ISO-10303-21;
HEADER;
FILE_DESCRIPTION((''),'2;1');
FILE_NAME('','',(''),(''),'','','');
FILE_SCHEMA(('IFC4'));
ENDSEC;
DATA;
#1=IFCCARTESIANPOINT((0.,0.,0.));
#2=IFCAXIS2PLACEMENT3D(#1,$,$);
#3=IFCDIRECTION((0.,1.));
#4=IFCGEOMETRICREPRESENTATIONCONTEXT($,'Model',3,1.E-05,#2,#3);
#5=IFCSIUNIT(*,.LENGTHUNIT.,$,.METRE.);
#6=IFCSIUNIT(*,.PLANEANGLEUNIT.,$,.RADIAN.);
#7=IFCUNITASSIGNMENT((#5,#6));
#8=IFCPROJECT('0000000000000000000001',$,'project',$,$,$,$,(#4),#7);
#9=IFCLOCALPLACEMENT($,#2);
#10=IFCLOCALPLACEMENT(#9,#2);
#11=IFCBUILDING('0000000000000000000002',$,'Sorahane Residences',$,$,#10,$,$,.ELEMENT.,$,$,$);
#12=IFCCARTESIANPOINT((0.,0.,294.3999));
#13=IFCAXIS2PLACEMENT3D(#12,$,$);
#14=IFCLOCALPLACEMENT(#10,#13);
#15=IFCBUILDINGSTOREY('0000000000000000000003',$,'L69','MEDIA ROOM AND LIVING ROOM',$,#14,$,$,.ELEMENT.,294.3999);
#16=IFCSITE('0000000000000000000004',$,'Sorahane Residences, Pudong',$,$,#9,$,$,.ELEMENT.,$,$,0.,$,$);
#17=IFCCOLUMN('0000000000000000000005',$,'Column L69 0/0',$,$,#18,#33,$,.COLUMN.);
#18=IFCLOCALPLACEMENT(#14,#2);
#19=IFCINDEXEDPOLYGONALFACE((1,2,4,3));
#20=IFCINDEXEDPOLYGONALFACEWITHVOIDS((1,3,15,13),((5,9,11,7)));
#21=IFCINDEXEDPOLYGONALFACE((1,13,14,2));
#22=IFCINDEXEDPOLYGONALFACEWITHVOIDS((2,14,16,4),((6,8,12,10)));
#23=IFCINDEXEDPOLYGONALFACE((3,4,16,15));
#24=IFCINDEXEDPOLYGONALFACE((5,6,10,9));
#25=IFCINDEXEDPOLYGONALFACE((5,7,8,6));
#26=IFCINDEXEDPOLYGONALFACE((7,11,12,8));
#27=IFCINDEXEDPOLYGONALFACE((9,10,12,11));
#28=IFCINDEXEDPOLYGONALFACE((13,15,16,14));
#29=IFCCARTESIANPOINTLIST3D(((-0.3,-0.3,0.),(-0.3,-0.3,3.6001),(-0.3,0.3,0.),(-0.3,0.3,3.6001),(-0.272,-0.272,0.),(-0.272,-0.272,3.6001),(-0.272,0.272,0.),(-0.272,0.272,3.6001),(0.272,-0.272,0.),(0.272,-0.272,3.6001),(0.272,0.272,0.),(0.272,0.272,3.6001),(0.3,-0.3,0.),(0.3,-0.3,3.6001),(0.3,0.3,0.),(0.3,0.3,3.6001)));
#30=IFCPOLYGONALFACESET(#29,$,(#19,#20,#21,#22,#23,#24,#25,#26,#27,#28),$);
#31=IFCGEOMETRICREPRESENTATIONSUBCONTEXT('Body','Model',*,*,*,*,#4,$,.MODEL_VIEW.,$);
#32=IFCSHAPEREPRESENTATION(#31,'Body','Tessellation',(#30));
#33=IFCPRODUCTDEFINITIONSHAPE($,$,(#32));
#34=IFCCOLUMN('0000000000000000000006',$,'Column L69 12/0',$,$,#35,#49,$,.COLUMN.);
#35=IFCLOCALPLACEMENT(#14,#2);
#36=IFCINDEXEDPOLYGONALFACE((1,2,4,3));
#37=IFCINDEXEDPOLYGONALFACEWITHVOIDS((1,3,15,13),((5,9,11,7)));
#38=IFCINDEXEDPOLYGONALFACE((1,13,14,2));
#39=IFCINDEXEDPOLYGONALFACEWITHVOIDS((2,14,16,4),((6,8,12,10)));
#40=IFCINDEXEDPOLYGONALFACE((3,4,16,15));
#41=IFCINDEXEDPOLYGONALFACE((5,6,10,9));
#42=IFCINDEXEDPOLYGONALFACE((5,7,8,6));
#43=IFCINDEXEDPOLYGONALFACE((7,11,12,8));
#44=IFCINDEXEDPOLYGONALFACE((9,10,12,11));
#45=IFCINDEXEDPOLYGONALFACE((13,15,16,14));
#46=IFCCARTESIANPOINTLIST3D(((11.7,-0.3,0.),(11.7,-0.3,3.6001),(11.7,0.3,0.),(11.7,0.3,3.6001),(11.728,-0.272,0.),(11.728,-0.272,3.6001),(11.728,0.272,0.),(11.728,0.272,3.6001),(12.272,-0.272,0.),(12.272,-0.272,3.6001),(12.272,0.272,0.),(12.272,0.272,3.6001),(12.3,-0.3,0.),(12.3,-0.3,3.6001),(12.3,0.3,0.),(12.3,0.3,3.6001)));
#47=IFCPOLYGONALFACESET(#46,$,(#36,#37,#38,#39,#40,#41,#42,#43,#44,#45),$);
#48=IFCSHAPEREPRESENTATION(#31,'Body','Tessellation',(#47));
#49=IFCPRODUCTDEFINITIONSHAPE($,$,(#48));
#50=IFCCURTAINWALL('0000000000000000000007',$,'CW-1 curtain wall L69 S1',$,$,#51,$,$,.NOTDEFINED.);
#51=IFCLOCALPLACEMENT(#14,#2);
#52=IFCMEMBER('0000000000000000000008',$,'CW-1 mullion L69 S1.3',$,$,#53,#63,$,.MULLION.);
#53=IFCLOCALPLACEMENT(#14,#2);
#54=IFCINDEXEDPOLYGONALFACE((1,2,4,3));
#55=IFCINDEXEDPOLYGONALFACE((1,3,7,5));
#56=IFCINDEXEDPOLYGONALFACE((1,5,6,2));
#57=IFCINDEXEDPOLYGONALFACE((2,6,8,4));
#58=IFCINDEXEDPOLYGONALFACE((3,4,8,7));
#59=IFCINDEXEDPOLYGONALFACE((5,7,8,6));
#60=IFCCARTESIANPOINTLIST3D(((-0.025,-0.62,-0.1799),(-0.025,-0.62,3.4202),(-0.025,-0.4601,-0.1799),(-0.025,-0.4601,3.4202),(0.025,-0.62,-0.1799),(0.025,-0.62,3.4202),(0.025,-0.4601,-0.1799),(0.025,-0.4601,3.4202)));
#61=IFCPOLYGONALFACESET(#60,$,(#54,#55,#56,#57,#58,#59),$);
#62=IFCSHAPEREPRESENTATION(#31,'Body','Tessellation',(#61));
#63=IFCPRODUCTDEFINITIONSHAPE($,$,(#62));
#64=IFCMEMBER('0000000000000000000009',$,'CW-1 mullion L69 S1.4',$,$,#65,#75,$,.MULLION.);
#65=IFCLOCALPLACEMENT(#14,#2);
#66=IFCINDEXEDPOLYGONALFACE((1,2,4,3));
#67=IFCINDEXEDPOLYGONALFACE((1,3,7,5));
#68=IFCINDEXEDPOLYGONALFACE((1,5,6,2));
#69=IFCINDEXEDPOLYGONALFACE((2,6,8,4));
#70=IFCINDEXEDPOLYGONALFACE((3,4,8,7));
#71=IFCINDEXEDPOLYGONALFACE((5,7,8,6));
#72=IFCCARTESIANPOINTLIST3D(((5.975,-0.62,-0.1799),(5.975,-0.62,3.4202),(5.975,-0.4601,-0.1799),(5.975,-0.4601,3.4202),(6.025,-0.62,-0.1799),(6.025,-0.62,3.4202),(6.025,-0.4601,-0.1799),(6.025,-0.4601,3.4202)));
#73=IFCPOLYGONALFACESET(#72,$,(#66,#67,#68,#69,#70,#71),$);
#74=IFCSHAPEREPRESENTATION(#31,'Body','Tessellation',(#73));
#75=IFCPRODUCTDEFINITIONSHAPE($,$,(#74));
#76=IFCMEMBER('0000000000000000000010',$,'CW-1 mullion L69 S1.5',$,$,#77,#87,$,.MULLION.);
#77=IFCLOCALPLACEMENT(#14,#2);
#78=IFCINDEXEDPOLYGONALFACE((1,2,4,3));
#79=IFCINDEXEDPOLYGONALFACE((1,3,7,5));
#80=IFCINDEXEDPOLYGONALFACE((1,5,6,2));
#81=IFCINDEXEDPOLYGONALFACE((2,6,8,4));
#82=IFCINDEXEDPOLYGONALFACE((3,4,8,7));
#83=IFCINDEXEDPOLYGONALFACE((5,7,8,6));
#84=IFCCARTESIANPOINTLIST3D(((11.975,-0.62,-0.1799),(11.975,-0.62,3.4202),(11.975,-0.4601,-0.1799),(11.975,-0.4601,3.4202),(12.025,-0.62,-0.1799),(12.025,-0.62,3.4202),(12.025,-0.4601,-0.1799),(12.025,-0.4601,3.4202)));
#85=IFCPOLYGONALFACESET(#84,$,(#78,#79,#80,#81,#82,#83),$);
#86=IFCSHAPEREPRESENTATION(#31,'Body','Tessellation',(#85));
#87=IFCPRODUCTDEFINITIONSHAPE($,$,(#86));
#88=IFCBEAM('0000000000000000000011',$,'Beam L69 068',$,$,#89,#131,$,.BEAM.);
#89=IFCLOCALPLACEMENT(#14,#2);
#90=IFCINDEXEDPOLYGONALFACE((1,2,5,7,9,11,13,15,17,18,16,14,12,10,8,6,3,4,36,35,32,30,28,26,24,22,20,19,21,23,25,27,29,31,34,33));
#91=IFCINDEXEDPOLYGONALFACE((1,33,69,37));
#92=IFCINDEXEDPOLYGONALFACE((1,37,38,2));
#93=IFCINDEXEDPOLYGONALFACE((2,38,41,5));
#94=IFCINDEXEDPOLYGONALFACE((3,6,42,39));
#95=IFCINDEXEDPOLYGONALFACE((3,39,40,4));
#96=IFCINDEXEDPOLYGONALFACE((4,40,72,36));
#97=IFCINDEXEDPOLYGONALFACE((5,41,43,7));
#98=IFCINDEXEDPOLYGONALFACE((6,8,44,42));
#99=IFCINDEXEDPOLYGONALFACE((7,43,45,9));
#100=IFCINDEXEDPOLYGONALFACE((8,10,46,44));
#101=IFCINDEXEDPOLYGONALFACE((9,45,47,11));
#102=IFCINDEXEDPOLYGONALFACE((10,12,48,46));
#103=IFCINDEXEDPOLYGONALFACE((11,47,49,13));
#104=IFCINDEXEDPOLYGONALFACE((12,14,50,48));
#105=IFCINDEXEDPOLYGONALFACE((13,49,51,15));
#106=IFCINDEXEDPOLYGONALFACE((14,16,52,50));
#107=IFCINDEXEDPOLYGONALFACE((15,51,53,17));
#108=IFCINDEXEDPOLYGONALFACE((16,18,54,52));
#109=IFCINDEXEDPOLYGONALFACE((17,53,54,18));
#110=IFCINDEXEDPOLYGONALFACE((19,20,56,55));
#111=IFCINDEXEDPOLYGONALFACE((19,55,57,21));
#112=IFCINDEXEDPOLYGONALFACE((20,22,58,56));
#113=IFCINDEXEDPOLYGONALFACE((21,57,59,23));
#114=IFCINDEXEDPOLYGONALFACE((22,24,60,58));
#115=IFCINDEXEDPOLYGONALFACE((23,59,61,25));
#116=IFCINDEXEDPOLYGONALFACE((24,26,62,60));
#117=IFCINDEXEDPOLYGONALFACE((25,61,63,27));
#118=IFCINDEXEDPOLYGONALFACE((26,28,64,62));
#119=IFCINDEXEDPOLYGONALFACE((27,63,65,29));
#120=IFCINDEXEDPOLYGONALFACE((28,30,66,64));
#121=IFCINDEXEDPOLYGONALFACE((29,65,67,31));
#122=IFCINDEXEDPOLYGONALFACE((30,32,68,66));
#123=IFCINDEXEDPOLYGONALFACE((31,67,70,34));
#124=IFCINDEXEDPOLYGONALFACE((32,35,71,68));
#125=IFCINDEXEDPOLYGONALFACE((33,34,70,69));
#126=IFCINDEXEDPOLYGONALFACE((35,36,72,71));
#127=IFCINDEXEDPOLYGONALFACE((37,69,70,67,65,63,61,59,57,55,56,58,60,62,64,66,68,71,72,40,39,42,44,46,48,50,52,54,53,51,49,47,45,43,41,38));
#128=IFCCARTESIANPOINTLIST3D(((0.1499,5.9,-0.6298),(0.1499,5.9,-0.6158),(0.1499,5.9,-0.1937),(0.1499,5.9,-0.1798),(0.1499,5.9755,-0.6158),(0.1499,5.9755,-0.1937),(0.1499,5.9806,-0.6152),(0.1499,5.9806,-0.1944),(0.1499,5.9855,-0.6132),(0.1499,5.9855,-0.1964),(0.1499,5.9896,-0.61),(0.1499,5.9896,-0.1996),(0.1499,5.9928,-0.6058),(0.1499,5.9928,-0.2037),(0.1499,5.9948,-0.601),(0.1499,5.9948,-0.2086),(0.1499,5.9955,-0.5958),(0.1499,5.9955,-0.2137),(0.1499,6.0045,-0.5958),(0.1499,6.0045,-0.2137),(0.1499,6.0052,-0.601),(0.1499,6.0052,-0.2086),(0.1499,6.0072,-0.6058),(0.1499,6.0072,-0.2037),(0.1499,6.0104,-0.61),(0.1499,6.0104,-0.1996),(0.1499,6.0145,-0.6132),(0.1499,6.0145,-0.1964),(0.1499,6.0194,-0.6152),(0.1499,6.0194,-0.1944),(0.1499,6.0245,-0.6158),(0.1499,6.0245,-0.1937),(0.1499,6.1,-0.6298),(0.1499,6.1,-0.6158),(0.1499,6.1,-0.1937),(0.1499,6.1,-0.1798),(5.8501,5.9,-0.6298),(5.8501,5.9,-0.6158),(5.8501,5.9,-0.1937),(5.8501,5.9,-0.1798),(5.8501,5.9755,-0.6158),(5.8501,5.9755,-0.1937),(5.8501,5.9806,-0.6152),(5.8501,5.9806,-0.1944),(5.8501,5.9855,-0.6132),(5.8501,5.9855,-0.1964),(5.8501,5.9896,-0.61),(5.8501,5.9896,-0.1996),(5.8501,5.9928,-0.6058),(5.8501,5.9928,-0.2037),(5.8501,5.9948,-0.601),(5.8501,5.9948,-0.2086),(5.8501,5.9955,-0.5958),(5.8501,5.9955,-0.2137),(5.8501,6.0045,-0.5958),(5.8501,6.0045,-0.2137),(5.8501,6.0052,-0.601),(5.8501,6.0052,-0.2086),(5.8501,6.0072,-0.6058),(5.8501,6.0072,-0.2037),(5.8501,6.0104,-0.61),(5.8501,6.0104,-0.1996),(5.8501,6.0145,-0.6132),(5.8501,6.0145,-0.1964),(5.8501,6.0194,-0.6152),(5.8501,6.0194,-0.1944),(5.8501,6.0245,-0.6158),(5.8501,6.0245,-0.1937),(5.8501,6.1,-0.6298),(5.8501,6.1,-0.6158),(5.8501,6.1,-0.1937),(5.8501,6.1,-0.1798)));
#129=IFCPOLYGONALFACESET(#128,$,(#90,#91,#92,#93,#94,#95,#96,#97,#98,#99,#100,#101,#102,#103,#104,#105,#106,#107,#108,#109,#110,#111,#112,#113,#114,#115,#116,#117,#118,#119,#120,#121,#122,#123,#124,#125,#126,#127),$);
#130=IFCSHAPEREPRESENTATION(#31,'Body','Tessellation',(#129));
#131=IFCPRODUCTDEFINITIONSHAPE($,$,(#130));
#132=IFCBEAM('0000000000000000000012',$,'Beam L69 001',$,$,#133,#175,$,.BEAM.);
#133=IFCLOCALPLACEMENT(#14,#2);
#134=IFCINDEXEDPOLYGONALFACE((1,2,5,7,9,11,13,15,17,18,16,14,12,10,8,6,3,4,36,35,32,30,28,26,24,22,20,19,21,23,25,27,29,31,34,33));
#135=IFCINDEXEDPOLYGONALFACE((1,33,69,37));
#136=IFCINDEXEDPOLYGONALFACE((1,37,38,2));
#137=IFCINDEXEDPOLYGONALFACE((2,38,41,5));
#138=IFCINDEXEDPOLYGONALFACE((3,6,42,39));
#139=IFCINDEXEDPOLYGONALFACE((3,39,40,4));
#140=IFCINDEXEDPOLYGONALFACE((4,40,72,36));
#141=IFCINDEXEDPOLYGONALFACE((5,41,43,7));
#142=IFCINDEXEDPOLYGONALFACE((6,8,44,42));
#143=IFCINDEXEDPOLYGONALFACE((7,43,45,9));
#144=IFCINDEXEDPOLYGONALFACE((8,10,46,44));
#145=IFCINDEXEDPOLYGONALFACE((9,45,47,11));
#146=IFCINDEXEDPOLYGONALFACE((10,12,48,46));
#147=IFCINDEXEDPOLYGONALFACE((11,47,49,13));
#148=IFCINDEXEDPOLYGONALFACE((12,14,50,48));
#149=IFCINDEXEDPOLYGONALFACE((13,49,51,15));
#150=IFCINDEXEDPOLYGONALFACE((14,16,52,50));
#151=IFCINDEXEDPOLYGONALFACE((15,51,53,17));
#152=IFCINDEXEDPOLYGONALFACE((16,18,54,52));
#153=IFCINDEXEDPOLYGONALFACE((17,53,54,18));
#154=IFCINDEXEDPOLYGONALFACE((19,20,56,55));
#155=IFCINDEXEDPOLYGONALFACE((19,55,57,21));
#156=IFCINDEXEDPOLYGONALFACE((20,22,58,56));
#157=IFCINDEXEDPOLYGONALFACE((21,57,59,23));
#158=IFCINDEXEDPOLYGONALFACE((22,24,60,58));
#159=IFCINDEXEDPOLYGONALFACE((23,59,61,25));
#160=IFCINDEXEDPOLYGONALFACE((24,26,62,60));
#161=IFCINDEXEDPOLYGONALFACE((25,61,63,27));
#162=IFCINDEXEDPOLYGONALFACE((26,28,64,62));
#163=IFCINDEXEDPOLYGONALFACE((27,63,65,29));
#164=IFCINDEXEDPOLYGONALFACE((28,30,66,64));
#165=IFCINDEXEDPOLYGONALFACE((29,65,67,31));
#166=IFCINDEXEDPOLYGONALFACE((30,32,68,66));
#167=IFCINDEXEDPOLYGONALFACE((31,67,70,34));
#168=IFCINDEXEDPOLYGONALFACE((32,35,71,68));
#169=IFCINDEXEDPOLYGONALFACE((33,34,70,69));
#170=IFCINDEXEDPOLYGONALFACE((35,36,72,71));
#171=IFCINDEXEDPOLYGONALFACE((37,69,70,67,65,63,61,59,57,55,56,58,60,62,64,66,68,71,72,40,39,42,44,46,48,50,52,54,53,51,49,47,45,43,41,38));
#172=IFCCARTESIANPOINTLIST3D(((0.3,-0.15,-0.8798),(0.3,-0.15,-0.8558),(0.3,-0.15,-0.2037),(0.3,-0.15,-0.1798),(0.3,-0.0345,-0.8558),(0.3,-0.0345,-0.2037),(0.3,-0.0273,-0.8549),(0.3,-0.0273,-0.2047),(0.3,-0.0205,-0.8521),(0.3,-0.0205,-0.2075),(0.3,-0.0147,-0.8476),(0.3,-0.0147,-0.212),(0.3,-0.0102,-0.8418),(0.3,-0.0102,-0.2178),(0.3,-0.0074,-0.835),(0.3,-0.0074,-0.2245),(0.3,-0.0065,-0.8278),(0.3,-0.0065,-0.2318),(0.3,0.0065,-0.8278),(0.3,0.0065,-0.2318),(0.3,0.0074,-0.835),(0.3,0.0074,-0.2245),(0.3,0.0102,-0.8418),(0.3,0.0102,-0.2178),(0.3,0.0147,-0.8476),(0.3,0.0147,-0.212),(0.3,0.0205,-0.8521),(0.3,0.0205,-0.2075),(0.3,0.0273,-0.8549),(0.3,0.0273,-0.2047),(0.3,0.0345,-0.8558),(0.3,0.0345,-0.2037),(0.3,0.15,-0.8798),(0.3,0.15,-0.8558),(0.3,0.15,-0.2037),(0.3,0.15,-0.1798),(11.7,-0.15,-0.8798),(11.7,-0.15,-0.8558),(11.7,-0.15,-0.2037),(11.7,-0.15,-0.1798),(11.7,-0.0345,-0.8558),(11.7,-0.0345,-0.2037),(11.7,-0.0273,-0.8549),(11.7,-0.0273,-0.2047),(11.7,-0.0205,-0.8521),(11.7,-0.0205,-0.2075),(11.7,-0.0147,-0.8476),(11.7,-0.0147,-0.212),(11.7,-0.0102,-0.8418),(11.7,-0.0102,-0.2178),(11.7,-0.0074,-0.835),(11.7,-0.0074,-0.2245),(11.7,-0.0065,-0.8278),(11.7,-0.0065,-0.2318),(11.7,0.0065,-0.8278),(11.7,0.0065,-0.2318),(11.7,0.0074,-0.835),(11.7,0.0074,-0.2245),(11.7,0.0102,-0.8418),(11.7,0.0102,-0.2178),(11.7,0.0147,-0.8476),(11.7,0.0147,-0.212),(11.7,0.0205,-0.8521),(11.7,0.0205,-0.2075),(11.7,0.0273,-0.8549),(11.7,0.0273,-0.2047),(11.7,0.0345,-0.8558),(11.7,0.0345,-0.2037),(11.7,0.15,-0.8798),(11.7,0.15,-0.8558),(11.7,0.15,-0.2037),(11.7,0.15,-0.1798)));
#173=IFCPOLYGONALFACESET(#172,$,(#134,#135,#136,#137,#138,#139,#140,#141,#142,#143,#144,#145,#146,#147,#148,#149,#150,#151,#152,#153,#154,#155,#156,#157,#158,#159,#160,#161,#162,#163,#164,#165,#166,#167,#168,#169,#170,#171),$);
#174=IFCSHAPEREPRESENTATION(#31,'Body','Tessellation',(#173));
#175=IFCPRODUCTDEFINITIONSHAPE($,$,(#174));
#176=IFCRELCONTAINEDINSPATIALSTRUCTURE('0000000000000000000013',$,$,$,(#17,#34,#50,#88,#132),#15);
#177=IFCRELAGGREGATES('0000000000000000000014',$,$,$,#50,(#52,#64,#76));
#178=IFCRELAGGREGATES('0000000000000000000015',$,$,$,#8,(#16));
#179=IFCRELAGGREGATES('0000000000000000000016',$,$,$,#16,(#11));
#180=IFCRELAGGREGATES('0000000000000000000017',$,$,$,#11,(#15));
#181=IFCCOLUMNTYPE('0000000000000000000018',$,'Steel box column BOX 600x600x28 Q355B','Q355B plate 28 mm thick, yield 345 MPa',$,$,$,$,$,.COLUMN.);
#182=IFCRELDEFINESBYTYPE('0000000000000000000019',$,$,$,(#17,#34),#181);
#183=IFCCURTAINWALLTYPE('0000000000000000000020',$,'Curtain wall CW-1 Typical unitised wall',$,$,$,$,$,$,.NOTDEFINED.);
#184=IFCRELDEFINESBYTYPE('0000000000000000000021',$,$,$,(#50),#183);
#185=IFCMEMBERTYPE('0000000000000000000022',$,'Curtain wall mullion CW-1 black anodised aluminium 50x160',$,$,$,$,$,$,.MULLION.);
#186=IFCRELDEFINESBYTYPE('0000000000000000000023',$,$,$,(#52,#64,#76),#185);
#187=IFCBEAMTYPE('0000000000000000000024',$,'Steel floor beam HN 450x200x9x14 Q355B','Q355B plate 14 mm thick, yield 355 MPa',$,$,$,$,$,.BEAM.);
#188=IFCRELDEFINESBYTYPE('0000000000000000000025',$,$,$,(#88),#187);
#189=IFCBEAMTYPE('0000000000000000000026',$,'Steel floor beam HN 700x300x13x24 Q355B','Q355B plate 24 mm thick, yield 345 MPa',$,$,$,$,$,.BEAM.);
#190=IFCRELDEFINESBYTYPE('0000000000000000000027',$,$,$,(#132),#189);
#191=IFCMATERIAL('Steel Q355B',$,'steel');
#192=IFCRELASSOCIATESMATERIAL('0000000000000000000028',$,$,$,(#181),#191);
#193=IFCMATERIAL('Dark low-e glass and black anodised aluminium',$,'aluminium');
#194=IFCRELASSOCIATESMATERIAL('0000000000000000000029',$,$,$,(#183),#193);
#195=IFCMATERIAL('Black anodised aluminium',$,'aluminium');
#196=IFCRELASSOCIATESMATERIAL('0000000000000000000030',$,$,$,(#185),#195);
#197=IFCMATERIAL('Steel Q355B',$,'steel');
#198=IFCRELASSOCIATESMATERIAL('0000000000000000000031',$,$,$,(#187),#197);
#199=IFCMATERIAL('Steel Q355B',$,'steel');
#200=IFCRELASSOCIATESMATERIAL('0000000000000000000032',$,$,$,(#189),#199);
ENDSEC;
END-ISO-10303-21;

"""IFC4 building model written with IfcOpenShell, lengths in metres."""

from ifc_helpers import new_model, si_unit, direction, frame, origin, origin_2d, place, context, subcontext, project, spatial, rectangle, hollow_rectangle, i_section, extrude, material, material_profile, profile_set, type_object, element, aggregate, save


model = new_model("IFC4")

# Units and contexts
model_context = context("Model", 3, precision=1e-05, world=origin(), true_north=direction((0.0, 1.0)))
body_context = subcontext(model_context, "Body", "Model", "MODEL_VIEW")
ifc_project = project(units=[si_unit("LENGTHUNIT", "METRE"), si_unit("PLANEANGLEUNIT", "RADIAN")], contexts=[model_context])

# Site, building, storey
site_placement = place(None, origin())
site = spatial("IfcSite", under=ifc_project, at=site_placement, Name="Sorahane Residences, Pudong", CompositionType="ELEMENT", RefElevation=0.0)
building_placement = place(site_placement, origin())
building = spatial("IfcBuilding", under=site, at=building_placement, Name="Sorahane Residences", CompositionType="ELEMENT")
storey_placement = place(building_placement, frame((0.0, 0.0, 294.3999)))
storey = spatial("IfcBuildingStorey", under=building, at=storey_placement, Name="L69", Description="MEDIA ROOM AND LIVING ROOM", CompositionType="ELEMENT", Elevation=294.3999)

# Columns
ifc_material_1 = material(Name="Steel Q355B", Category="steel")
ifc_material_profile_1 = material_profile(ifc_material_1, hollow_rectangle(XDim=0.6001, YDim=0.6001, WallThickness=0.0281, at=origin_2d()), Name="BOX 600x600x28")
ifc_profile_set_1 = profile_set([ifc_material_profile_1], Name="Steel Q355B")
column_type = type_object("IfcColumnType", Name="Steel box column BOX 600x600x28 Q355B", Description="Q355B plate 28 mm thick, yield 345 MPa", PredefinedType="COLUMN", material=ifc_profile_set_1)
for number, where, z_axis, x_axis, name in (
    (1, (0.0, 0.0, 0.0), (0.0, 0.0, 1.0), (1.0, 0.0, 0.0), "Column L69 0/0"),
    (2, (12.0, 0.0, 0.0), (0.0, 0.0, 1.0), (1.0, 0.0, 0.0), "Column L69 12/0"),
):
    element("IfcColumn", number, at=place(storey_placement, frame(where, z_axis=z_axis, x_axis=x_axis)), inside=storey, type_object=column_type, Name=name, PredefinedType="COLUMN", context=body_context, shape_type="SweptSolid", body=[
        extrude(hollow_rectangle(XDim=0.6001, YDim=0.6001, WallThickness=0.0281, at=origin_2d()), origin(), (0.0, 0.0, 1.0), 3.6001),
    ])

# Curtain wall, members
ifc_material_2 = material(Name="Dark low-e glass and black anodised aluminium", Category="aluminium")
curtain_wall_type = type_object("IfcCurtainWallType", Name="Curtain wall CW-1 Typical unitised wall", PredefinedType="NOTDEFINED", material=ifc_material_2)
curtain_wall_placement = place(storey_placement, origin())
curtain_wall = element("IfcCurtainWall", 3, at=curtain_wall_placement, inside=storey, type_object=curtain_wall_type, Name="CW-1 curtain wall L69 S1", PredefinedType="NOTDEFINED")
ifc_material_3 = material(Name="Black anodised aluminium", Category="aluminium")
ifc_material_profile_2 = material_profile(ifc_material_3, rectangle(XDim=0.1599, YDim=0.05, at=origin_2d()), Name="Curtain wall mullion CW-1 black anodised aluminium 50x160")
ifc_profile_set_2 = profile_set([ifc_material_profile_2], Name="Black anodised aluminium")
member_type = type_object("IfcMemberType", Name="Curtain wall mullion CW-1 black anodised aluminium 50x160", PredefinedType="MULLION", material=ifc_profile_set_2)
member_1_placement = place(storey_placement, frame((0.0, -0.54, -0.1799), z_axis=(0.0, 0.0, 1.0), x_axis=(0.0, -1.0, 0.0)))
member_1 = element("IfcMember", 4, at=member_1_placement, type_object=member_type, Name="CW-1 mullion L69 S1.3", PredefinedType="MULLION", context=body_context, shape_type="SweptSolid", body=[
    extrude(rectangle(XDim=0.1599, YDim=0.05, at=origin_2d()), origin(), (0.0, 0.0, 1.0), 3.6001),
])
member_2_placement = place(storey_placement, frame((6.0, -0.54, -0.1799), z_axis=(0.0, 0.0, 1.0), x_axis=(0.0, -1.0, 0.0)))
member_2 = element("IfcMember", 5, at=member_2_placement, type_object=member_type, Name="CW-1 mullion L69 S1.4", PredefinedType="MULLION", context=body_context, shape_type="SweptSolid", body=[
    extrude(rectangle(XDim=0.1599, YDim=0.05, at=origin_2d()), origin(), (0.0, 0.0, 1.0), 3.6001),
])
member_3_placement = place(storey_placement, frame((12.0, -0.54, -0.1799), z_axis=(0.0, 0.0, 1.0), x_axis=(0.0, -1.0, 0.0)))
member_3 = element("IfcMember", 6, at=member_3_placement, type_object=member_type, Name="CW-1 mullion L69 S1.5", PredefinedType="MULLION", context=body_context, shape_type="SweptSolid", body=[
    extrude(rectangle(XDim=0.1599, YDim=0.05, at=origin_2d()), origin(), (0.0, 0.0, 1.0), 3.6001),
])

# Beams
ifc_material_4 = material(Name="Steel Q355B", Category="steel")
ifc_material_profile_3 = material_profile(ifc_material_4, i_section(OverallWidth=0.2, OverallDepth=0.45, WebThickness=0.009, FlangeThickness=0.0139, FilletRadius=0.02, at=origin_2d()), Name="HN 450x200x9x14")
ifc_profile_set_3 = profile_set([ifc_material_profile_3], Name="Steel Q355B")
beam_type_1 = type_object("IfcBeamType", Name="Steel floor beam HN 450x200x9x14 Q355B", Description="Q355B plate 14 mm thick, yield 355 MPa", PredefinedType="BEAM", material=ifc_profile_set_3)
beam_1_placement = place(storey_placement, frame((0.1499, 6.0, -0.4048), z_axis=(1.0, 0.0, 0.0), x_axis=(0.0, 1.0, 0.0)))
element("IfcBeam", 7, at=beam_1_placement, inside=storey, type_object=beam_type_1, Name="Beam L69 068", PredefinedType="BEAM", context=body_context, shape_type="SweptSolid", body=[
    extrude(i_section(OverallWidth=0.2, OverallDepth=0.45, WebThickness=0.009, FlangeThickness=0.0139, FilletRadius=0.02, at=origin_2d()), origin(), (0.0, 0.0, 1.0), 5.7002),
])
ifc_material_5 = material(Name="Steel Q355B", Category="steel")
ifc_material_profile_4 = material_profile(ifc_material_5, i_section(OverallWidth=0.3, OverallDepth=0.7, WebThickness=0.0129, FlangeThickness=0.0239, FilletRadius=0.0281, at=origin_2d()), Name="HN 700x300x13x24")
ifc_profile_set_4 = profile_set([ifc_material_profile_4], Name="Steel Q355B")
beam_type_2 = type_object("IfcBeamType", Name="Steel floor beam HN 700x300x13x24 Q355B", Description="Q355B plate 24 mm thick, yield 345 MPa", PredefinedType="BEAM", material=ifc_profile_set_4)
beam_2_placement = place(storey_placement, frame((0.3, 0.0, -0.5298), z_axis=(1.0, 0.0, 0.0), x_axis=(0.0, 1.0, 0.0)))
element("IfcBeam", 8, at=beam_2_placement, inside=storey, type_object=beam_type_2, Name="Beam L69 001", PredefinedType="BEAM", context=body_context, shape_type="SweptSolid", body=[
    extrude(i_section(OverallWidth=0.3, OverallDepth=0.7, WebThickness=0.0129, FlangeThickness=0.0239, FilletRadius=0.0281, at=origin_2d()), origin(), (0.0, 0.0, 1.0), 11.3999),
])

aggregate(curtain_wall, [member_1, member_2, member_3])

save(model, "model.ifc")
